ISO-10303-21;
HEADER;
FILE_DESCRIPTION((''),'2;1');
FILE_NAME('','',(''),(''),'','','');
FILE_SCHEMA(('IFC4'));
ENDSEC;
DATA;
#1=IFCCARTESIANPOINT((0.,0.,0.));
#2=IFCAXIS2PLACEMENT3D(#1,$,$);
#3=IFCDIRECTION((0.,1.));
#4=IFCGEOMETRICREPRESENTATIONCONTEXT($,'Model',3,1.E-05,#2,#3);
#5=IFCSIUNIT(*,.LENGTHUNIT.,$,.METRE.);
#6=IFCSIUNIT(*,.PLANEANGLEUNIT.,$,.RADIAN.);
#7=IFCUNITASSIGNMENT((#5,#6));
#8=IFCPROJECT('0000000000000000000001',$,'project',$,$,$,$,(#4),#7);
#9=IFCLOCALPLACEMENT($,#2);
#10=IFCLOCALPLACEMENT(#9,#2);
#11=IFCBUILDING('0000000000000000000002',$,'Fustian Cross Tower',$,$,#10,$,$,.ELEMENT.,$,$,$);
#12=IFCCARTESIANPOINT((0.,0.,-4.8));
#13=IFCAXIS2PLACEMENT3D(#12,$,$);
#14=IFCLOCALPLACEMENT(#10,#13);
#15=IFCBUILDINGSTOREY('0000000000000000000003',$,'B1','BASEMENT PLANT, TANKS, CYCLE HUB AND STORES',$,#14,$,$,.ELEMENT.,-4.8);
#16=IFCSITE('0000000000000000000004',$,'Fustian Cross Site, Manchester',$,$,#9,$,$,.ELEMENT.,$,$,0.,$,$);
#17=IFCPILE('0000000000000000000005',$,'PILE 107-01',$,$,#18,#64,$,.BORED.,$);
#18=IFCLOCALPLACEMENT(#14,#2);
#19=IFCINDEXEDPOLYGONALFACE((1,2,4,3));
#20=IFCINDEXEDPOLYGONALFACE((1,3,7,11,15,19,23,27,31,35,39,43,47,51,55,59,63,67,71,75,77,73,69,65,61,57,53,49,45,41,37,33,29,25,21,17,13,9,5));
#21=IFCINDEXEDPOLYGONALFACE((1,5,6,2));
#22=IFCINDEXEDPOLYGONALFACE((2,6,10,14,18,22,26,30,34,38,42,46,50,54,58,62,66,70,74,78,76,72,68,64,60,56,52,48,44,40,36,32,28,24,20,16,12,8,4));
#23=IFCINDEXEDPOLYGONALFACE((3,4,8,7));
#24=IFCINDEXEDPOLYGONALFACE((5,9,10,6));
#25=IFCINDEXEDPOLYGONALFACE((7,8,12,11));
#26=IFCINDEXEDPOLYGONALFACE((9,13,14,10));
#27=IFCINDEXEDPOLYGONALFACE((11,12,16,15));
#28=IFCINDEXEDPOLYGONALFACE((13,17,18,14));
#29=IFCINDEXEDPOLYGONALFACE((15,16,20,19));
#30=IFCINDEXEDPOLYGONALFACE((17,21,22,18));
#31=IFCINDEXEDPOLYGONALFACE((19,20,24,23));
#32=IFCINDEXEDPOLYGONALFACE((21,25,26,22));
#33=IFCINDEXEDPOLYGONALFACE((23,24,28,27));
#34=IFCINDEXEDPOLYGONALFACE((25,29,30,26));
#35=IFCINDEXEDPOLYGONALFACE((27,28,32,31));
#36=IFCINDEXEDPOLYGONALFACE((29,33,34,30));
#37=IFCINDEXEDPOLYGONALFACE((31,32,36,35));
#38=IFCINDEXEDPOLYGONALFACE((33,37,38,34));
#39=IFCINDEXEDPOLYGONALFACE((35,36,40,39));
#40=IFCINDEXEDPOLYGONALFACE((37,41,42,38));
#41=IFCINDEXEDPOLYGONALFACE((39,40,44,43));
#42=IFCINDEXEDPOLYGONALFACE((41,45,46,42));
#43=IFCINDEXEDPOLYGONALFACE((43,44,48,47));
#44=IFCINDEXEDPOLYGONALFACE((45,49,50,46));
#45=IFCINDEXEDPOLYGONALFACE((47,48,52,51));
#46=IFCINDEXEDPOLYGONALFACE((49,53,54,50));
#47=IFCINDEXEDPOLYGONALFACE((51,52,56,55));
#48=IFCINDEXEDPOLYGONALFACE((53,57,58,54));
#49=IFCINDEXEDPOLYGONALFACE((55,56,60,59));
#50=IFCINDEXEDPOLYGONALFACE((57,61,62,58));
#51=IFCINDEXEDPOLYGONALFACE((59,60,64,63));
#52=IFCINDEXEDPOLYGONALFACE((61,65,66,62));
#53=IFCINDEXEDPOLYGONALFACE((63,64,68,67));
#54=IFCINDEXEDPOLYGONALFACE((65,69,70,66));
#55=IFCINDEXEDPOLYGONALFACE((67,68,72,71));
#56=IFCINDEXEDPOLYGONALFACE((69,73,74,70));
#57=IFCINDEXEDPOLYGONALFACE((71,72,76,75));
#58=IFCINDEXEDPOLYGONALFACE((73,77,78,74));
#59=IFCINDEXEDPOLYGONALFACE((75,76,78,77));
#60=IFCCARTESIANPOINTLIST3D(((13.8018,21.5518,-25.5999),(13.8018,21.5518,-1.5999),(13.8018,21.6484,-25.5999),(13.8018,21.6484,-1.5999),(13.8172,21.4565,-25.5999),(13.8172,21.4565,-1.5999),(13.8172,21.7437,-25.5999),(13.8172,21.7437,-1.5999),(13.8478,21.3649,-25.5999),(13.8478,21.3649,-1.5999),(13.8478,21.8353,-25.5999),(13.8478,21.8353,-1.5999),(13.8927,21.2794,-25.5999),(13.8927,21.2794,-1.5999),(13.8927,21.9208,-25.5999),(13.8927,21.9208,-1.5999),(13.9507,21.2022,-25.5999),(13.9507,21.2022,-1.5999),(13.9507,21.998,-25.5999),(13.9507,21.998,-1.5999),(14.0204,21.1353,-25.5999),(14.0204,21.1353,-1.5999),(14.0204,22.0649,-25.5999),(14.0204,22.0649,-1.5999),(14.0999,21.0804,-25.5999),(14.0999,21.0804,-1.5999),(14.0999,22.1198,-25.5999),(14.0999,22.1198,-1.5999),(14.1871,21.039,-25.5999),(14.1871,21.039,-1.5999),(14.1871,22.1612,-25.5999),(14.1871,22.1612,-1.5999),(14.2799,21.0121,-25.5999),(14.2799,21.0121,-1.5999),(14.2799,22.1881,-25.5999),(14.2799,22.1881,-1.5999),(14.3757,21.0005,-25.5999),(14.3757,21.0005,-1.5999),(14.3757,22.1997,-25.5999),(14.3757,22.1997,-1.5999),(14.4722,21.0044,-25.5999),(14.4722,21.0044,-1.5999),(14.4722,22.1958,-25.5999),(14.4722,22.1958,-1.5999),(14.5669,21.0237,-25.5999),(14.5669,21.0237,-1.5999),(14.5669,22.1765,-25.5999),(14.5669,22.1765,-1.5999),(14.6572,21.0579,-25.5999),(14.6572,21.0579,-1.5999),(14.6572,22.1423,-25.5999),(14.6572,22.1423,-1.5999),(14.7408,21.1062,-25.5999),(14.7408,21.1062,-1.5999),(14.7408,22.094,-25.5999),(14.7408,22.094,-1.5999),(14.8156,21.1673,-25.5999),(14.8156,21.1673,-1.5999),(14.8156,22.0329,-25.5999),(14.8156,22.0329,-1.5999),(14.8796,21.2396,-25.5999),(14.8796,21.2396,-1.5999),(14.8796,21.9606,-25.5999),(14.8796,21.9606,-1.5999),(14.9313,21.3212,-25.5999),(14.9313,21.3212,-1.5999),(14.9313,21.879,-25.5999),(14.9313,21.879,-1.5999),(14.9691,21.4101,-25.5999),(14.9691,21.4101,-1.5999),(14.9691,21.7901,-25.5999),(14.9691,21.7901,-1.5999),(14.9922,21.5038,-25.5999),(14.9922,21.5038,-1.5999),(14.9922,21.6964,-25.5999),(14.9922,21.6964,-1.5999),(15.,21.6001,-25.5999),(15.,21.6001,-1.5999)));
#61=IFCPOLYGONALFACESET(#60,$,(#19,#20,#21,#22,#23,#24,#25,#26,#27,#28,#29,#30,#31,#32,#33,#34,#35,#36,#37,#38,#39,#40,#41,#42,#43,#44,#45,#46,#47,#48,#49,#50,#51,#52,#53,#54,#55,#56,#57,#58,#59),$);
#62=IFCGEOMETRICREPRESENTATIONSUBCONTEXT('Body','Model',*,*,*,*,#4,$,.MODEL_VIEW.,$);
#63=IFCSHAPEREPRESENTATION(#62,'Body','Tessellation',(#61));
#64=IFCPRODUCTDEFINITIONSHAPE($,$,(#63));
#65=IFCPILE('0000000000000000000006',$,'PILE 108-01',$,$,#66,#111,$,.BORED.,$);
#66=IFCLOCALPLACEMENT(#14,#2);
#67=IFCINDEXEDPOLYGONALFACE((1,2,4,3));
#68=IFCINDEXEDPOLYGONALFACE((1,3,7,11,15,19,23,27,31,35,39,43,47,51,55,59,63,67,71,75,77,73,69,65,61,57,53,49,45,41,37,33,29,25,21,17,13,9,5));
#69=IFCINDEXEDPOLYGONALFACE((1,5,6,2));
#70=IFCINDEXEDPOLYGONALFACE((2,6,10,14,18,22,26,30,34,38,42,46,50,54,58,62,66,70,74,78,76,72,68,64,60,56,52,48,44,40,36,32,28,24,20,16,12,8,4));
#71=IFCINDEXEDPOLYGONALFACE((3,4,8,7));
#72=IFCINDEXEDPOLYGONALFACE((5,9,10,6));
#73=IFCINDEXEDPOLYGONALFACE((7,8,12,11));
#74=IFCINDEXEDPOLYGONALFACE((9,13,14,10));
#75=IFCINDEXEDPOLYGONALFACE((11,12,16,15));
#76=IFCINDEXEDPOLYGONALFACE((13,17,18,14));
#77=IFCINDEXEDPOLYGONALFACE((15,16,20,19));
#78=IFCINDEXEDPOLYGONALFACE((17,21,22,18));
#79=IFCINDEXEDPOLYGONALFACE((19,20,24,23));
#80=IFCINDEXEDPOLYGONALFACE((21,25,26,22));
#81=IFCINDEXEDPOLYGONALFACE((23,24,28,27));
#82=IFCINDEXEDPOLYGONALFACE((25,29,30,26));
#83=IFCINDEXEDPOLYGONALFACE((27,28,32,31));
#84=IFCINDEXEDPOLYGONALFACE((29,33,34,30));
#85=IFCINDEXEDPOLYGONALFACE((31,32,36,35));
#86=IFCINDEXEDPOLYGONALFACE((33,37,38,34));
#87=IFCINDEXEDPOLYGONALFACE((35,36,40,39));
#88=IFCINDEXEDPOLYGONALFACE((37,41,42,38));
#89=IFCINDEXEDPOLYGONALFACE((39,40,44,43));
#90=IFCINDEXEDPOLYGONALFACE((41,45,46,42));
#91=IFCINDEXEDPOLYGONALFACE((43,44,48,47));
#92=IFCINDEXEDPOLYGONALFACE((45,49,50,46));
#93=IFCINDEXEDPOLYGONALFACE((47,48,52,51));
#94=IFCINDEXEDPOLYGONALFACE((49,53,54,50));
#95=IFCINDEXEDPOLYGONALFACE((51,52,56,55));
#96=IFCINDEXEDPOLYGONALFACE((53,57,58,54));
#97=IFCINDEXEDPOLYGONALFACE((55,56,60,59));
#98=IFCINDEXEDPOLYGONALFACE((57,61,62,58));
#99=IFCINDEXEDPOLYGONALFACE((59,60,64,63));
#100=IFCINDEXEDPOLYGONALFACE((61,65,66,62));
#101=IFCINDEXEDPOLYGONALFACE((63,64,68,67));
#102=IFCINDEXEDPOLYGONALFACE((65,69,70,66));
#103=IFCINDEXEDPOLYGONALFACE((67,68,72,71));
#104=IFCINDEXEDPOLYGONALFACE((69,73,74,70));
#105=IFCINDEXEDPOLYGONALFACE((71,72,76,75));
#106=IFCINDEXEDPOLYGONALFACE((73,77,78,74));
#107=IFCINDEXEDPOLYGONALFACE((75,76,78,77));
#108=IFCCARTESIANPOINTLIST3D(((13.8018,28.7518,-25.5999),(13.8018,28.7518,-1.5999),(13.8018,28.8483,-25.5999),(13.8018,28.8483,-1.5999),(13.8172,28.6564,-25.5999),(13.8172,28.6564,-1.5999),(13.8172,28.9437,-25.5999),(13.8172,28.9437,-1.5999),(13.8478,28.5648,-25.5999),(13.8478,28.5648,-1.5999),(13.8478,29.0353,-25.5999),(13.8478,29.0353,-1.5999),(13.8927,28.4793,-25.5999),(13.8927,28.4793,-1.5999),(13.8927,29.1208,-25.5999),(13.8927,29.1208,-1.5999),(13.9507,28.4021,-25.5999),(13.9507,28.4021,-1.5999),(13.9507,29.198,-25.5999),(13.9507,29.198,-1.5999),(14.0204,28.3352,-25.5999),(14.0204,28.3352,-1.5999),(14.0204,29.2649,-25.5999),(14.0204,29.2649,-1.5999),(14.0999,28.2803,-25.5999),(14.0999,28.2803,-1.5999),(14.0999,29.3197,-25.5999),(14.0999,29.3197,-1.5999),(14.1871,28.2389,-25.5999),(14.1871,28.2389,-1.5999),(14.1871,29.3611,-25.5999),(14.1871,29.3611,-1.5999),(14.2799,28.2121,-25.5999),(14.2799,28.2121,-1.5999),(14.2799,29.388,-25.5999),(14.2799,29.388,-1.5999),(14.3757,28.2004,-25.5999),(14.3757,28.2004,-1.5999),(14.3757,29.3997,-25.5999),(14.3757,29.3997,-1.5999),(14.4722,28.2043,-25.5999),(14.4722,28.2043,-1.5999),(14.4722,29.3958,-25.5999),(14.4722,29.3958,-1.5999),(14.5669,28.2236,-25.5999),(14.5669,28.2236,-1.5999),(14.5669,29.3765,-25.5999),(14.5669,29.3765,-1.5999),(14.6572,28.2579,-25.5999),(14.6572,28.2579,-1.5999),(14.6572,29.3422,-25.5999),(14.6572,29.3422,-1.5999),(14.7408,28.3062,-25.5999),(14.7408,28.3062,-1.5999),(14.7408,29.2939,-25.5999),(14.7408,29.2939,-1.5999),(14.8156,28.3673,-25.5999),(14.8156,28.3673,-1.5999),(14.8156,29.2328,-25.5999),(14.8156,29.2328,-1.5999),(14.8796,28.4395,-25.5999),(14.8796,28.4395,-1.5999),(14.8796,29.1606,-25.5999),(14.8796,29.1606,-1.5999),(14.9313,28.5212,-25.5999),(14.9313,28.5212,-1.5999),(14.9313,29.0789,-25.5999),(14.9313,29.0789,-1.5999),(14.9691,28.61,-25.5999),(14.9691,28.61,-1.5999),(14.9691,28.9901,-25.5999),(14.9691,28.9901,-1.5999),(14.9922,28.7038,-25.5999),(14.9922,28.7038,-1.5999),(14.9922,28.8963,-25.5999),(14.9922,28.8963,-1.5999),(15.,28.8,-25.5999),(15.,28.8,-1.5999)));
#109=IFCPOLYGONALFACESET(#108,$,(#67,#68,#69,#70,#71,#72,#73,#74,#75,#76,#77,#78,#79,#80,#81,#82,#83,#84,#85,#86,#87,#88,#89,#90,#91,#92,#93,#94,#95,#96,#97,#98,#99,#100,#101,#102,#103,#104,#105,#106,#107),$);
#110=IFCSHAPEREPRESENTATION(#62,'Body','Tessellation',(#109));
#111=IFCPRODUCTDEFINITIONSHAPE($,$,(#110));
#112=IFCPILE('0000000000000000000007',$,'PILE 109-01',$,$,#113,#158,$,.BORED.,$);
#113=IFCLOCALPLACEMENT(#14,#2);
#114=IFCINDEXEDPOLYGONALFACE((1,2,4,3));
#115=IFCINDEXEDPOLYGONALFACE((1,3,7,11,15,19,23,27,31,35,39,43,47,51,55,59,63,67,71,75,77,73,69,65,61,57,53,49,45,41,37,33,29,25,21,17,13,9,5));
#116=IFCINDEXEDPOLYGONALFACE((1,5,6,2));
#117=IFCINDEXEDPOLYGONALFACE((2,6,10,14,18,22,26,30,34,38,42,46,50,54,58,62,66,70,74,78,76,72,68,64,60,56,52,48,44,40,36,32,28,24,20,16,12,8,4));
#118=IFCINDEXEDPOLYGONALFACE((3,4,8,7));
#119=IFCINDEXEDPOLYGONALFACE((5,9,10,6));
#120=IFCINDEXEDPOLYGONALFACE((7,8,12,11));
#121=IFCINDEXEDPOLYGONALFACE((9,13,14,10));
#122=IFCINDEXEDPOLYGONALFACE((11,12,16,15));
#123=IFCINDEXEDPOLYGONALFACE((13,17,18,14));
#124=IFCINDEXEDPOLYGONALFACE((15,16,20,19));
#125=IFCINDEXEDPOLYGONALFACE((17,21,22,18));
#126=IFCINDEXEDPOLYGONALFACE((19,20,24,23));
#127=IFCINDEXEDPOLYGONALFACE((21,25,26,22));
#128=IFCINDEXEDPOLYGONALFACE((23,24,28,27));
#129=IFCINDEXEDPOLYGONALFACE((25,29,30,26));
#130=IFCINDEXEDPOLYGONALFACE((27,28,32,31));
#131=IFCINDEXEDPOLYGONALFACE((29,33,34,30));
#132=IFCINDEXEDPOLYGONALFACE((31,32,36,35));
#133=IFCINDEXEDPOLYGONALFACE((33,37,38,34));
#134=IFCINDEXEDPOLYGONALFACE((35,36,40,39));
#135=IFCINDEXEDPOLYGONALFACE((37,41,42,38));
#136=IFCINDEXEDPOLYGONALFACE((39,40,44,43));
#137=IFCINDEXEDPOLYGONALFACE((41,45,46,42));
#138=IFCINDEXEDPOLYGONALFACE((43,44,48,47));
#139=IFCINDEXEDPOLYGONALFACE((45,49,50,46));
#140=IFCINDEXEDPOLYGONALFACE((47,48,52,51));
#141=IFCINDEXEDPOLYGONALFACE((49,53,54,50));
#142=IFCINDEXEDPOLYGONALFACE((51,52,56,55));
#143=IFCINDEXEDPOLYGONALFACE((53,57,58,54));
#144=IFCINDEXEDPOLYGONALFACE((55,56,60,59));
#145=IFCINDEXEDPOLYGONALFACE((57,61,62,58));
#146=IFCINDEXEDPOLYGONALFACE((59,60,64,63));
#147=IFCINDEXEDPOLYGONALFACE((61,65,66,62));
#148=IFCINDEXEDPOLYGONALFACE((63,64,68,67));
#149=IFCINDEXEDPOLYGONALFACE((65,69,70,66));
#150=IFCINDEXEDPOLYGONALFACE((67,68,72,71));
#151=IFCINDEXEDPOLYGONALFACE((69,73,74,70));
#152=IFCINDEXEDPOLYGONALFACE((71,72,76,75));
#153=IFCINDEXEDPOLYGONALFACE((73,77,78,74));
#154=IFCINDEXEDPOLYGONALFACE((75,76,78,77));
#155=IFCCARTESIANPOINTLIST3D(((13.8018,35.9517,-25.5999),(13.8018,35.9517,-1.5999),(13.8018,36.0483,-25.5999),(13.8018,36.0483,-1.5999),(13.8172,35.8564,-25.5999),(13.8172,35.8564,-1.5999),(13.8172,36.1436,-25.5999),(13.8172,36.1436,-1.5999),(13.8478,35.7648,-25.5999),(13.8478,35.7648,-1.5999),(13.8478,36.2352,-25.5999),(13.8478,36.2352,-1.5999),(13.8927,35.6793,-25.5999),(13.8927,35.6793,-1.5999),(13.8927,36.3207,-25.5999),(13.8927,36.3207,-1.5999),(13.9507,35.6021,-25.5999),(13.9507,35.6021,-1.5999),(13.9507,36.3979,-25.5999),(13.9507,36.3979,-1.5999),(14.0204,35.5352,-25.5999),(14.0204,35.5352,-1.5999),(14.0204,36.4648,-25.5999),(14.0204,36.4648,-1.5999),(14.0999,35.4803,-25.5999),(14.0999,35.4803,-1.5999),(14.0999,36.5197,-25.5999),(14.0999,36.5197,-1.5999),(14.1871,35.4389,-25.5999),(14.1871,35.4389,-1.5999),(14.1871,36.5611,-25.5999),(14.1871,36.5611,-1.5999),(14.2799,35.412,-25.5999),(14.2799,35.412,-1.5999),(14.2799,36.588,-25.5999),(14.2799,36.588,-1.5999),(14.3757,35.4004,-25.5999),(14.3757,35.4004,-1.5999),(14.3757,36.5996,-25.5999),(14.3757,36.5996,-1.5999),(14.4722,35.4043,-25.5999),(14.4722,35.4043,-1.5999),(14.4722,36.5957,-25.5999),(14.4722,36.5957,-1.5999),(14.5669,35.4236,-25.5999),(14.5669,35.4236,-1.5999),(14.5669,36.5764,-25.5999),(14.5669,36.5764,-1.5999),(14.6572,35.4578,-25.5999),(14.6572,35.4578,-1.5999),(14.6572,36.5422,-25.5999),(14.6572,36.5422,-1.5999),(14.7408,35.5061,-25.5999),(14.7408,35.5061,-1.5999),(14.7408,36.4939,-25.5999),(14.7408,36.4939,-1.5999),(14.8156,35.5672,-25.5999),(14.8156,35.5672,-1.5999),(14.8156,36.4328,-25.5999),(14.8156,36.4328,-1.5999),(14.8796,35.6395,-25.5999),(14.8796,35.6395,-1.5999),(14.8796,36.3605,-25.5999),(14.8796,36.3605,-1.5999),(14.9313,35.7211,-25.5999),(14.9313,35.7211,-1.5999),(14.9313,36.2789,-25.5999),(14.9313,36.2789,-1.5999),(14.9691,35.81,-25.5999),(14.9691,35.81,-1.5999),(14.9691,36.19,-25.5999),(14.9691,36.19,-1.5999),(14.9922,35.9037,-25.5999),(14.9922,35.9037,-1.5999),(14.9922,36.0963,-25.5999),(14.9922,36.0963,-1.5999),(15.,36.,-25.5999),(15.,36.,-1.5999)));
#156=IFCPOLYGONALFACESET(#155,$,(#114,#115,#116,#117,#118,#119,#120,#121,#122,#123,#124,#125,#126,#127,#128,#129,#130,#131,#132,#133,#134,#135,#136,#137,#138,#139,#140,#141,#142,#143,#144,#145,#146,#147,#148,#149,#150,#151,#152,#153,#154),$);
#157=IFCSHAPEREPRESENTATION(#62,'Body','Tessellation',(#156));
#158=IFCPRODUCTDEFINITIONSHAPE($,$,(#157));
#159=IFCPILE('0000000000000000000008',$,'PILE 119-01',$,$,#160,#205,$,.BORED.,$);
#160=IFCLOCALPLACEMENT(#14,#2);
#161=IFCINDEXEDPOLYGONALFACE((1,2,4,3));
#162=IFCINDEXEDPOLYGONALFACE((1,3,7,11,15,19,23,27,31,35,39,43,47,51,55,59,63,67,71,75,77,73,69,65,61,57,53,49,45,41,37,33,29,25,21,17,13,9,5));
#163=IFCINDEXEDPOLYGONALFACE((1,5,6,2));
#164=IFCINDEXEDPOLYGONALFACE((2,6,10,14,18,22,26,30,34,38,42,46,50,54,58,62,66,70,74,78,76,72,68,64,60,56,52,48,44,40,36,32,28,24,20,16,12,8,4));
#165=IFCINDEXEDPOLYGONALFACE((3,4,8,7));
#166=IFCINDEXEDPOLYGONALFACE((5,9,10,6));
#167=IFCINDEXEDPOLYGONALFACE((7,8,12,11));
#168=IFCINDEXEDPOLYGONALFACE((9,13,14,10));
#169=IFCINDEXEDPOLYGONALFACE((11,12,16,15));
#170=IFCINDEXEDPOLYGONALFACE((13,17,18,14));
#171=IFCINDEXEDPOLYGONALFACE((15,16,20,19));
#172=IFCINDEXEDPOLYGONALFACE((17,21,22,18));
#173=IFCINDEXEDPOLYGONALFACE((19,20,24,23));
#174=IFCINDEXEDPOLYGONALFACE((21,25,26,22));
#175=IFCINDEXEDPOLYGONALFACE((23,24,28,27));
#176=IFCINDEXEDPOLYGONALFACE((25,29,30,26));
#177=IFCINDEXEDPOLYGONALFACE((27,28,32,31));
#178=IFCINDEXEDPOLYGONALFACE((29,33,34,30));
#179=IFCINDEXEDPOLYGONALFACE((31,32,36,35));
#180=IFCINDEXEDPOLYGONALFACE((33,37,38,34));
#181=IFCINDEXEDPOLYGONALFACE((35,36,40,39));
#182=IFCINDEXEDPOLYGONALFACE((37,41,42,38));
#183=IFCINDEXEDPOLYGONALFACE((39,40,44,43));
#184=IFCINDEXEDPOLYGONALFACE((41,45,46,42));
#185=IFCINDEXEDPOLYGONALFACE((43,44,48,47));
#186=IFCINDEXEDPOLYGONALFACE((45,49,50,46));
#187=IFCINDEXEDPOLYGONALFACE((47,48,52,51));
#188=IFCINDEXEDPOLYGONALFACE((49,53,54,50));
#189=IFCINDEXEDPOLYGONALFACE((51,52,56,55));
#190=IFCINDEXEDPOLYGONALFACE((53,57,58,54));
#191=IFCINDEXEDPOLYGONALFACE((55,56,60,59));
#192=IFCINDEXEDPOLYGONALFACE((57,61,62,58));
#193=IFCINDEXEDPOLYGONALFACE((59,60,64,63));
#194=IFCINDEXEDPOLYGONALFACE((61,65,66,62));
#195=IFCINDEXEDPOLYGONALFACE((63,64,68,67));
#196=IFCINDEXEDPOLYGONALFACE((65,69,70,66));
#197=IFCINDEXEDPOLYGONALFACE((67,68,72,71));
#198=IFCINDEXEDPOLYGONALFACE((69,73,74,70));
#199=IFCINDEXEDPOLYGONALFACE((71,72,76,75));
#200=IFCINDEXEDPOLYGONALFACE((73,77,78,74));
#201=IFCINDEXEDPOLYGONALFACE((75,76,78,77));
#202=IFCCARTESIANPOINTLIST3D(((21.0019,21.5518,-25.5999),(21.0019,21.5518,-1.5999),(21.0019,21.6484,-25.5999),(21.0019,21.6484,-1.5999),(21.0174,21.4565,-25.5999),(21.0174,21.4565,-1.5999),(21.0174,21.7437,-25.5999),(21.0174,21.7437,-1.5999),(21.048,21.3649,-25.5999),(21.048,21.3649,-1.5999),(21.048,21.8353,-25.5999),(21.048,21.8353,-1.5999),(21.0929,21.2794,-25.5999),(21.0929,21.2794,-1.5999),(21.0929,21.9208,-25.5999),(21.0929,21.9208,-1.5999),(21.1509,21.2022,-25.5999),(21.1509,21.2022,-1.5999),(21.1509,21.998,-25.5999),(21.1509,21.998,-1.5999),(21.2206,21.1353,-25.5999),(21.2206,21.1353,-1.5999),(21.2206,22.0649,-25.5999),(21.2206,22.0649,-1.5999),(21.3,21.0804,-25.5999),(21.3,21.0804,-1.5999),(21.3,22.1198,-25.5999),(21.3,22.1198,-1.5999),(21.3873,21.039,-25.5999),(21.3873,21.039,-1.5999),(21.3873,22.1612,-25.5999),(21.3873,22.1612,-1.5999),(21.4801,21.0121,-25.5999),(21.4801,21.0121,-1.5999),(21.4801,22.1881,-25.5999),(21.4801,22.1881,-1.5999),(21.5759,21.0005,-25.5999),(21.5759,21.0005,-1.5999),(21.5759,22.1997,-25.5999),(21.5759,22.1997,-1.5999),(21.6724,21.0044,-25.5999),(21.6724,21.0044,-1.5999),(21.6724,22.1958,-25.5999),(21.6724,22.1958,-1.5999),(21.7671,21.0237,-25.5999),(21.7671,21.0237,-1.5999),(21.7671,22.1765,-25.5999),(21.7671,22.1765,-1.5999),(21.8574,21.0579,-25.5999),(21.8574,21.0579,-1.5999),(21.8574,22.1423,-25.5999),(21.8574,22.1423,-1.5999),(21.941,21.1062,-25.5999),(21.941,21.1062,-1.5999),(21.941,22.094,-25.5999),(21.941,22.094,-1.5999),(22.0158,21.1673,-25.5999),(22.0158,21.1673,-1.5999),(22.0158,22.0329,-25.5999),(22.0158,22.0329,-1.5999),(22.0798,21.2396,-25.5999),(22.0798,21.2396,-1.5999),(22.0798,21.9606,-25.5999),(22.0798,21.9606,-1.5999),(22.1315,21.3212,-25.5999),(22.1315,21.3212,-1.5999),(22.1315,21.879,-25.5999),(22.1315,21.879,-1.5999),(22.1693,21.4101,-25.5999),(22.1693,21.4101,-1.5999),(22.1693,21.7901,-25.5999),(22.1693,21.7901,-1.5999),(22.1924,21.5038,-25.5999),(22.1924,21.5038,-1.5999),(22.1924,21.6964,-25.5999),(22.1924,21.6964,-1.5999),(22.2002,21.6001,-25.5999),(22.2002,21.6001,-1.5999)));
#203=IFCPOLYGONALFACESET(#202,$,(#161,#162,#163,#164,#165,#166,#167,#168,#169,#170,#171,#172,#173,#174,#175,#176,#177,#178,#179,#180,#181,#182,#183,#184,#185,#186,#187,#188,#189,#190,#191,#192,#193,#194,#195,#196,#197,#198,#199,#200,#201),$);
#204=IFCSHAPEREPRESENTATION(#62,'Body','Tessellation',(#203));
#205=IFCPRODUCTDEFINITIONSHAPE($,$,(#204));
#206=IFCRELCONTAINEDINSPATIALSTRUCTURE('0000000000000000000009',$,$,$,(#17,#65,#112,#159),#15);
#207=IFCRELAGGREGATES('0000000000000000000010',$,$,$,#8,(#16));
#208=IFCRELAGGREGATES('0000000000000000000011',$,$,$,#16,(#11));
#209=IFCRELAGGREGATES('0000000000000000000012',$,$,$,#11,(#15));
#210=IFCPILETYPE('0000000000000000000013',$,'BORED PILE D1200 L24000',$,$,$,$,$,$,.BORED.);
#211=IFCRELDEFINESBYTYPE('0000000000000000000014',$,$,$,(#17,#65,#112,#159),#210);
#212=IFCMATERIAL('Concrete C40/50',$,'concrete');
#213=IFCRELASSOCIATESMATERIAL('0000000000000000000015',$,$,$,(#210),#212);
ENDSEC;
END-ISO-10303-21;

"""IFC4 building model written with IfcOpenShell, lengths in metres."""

from ifc_helpers import new_model, si_unit, direction, frame, origin, origin_2d, place, context, subcontext, project, spatial, circle, extrude, material, material_profile, profile_set, type_object, element, save


model = new_model("IFC4")

# Units and contexts
model_context = context("Model", 3, precision=1e-05, world=origin(), true_north=direction((0.0, 1.0)))
body_context = subcontext(model_context, "Body", "Model", "MODEL_VIEW")
ifc_project = project(units=[si_unit("LENGTHUNIT", "METRE"), si_unit("PLANEANGLEUNIT", "RADIAN")], contexts=[model_context])

# Site, building, storey
site_placement = place(None, origin())
site = spatial("IfcSite", under=ifc_project, at=site_placement, Name="Fustian Cross Site, Manchester", CompositionType="ELEMENT", RefElevation=0.0)
building_placement = place(site_placement, origin())
building = spatial("IfcBuilding", under=site, at=building_placement, Name="Fustian Cross Tower", CompositionType="ELEMENT")
storey_placement = place(building_placement, frame((0.0, 0.0, -4.8)))
storey = spatial("IfcBuildingStorey", under=building, at=storey_placement, Name="B1", Description="BASEMENT PLANT, TANKS, CYCLE HUB AND STORES", CompositionType="ELEMENT", Elevation=-4.8)

# Piles
ifc_material_1 = material(Name="Concrete C40/50", Category="concrete")
ifc_material_profile_1 = material_profile(ifc_material_1, circle(Radius=0.6001, at=origin_2d()), Name="BORED PILE D1200 L24000")
ifc_profile_set_1 = profile_set([ifc_material_profile_1], Name="Concrete C40/50")
pile_type = type_object("IfcPileType", Name="BORED PILE D1200 L24000", PredefinedType="BORED", material=ifc_profile_set_1)
for number, where, z_axis, x_axis, name in (
    (1, (14.3999, 21.6001, -1.5999), (0.0, 0.0, -1.0), (1.0, 0.0, 0.0), "PILE 107-01"),
    (2, (14.3999, 28.8, -1.5999), (0.0, 0.0, -1.0), (1.0, 0.0, 0.0), "PILE 108-01"),
    (3, (14.3999, 36.0, -1.5999), (0.0, 0.0, -1.0), (1.0, 0.0, 0.0), "PILE 109-01"),
    (4, (21.6001, 21.6001, -1.5999), (0.0, 0.0, -1.0), (1.0, 0.0, 0.0), "PILE 119-01"),
):
    element("IfcPile", number, at=place(storey_placement, frame(where, z_axis=z_axis, x_axis=x_axis)), inside=storey, type_object=pile_type, Name=name, PredefinedType="BORED", context=body_context, shape_type="SweptSolid", body=[
        extrude(circle(Radius=0.6001, at=origin_2d()), origin(), (0.0, 0.0, 1.0), 24.0),
    ])

save(model, "model.ifc")
